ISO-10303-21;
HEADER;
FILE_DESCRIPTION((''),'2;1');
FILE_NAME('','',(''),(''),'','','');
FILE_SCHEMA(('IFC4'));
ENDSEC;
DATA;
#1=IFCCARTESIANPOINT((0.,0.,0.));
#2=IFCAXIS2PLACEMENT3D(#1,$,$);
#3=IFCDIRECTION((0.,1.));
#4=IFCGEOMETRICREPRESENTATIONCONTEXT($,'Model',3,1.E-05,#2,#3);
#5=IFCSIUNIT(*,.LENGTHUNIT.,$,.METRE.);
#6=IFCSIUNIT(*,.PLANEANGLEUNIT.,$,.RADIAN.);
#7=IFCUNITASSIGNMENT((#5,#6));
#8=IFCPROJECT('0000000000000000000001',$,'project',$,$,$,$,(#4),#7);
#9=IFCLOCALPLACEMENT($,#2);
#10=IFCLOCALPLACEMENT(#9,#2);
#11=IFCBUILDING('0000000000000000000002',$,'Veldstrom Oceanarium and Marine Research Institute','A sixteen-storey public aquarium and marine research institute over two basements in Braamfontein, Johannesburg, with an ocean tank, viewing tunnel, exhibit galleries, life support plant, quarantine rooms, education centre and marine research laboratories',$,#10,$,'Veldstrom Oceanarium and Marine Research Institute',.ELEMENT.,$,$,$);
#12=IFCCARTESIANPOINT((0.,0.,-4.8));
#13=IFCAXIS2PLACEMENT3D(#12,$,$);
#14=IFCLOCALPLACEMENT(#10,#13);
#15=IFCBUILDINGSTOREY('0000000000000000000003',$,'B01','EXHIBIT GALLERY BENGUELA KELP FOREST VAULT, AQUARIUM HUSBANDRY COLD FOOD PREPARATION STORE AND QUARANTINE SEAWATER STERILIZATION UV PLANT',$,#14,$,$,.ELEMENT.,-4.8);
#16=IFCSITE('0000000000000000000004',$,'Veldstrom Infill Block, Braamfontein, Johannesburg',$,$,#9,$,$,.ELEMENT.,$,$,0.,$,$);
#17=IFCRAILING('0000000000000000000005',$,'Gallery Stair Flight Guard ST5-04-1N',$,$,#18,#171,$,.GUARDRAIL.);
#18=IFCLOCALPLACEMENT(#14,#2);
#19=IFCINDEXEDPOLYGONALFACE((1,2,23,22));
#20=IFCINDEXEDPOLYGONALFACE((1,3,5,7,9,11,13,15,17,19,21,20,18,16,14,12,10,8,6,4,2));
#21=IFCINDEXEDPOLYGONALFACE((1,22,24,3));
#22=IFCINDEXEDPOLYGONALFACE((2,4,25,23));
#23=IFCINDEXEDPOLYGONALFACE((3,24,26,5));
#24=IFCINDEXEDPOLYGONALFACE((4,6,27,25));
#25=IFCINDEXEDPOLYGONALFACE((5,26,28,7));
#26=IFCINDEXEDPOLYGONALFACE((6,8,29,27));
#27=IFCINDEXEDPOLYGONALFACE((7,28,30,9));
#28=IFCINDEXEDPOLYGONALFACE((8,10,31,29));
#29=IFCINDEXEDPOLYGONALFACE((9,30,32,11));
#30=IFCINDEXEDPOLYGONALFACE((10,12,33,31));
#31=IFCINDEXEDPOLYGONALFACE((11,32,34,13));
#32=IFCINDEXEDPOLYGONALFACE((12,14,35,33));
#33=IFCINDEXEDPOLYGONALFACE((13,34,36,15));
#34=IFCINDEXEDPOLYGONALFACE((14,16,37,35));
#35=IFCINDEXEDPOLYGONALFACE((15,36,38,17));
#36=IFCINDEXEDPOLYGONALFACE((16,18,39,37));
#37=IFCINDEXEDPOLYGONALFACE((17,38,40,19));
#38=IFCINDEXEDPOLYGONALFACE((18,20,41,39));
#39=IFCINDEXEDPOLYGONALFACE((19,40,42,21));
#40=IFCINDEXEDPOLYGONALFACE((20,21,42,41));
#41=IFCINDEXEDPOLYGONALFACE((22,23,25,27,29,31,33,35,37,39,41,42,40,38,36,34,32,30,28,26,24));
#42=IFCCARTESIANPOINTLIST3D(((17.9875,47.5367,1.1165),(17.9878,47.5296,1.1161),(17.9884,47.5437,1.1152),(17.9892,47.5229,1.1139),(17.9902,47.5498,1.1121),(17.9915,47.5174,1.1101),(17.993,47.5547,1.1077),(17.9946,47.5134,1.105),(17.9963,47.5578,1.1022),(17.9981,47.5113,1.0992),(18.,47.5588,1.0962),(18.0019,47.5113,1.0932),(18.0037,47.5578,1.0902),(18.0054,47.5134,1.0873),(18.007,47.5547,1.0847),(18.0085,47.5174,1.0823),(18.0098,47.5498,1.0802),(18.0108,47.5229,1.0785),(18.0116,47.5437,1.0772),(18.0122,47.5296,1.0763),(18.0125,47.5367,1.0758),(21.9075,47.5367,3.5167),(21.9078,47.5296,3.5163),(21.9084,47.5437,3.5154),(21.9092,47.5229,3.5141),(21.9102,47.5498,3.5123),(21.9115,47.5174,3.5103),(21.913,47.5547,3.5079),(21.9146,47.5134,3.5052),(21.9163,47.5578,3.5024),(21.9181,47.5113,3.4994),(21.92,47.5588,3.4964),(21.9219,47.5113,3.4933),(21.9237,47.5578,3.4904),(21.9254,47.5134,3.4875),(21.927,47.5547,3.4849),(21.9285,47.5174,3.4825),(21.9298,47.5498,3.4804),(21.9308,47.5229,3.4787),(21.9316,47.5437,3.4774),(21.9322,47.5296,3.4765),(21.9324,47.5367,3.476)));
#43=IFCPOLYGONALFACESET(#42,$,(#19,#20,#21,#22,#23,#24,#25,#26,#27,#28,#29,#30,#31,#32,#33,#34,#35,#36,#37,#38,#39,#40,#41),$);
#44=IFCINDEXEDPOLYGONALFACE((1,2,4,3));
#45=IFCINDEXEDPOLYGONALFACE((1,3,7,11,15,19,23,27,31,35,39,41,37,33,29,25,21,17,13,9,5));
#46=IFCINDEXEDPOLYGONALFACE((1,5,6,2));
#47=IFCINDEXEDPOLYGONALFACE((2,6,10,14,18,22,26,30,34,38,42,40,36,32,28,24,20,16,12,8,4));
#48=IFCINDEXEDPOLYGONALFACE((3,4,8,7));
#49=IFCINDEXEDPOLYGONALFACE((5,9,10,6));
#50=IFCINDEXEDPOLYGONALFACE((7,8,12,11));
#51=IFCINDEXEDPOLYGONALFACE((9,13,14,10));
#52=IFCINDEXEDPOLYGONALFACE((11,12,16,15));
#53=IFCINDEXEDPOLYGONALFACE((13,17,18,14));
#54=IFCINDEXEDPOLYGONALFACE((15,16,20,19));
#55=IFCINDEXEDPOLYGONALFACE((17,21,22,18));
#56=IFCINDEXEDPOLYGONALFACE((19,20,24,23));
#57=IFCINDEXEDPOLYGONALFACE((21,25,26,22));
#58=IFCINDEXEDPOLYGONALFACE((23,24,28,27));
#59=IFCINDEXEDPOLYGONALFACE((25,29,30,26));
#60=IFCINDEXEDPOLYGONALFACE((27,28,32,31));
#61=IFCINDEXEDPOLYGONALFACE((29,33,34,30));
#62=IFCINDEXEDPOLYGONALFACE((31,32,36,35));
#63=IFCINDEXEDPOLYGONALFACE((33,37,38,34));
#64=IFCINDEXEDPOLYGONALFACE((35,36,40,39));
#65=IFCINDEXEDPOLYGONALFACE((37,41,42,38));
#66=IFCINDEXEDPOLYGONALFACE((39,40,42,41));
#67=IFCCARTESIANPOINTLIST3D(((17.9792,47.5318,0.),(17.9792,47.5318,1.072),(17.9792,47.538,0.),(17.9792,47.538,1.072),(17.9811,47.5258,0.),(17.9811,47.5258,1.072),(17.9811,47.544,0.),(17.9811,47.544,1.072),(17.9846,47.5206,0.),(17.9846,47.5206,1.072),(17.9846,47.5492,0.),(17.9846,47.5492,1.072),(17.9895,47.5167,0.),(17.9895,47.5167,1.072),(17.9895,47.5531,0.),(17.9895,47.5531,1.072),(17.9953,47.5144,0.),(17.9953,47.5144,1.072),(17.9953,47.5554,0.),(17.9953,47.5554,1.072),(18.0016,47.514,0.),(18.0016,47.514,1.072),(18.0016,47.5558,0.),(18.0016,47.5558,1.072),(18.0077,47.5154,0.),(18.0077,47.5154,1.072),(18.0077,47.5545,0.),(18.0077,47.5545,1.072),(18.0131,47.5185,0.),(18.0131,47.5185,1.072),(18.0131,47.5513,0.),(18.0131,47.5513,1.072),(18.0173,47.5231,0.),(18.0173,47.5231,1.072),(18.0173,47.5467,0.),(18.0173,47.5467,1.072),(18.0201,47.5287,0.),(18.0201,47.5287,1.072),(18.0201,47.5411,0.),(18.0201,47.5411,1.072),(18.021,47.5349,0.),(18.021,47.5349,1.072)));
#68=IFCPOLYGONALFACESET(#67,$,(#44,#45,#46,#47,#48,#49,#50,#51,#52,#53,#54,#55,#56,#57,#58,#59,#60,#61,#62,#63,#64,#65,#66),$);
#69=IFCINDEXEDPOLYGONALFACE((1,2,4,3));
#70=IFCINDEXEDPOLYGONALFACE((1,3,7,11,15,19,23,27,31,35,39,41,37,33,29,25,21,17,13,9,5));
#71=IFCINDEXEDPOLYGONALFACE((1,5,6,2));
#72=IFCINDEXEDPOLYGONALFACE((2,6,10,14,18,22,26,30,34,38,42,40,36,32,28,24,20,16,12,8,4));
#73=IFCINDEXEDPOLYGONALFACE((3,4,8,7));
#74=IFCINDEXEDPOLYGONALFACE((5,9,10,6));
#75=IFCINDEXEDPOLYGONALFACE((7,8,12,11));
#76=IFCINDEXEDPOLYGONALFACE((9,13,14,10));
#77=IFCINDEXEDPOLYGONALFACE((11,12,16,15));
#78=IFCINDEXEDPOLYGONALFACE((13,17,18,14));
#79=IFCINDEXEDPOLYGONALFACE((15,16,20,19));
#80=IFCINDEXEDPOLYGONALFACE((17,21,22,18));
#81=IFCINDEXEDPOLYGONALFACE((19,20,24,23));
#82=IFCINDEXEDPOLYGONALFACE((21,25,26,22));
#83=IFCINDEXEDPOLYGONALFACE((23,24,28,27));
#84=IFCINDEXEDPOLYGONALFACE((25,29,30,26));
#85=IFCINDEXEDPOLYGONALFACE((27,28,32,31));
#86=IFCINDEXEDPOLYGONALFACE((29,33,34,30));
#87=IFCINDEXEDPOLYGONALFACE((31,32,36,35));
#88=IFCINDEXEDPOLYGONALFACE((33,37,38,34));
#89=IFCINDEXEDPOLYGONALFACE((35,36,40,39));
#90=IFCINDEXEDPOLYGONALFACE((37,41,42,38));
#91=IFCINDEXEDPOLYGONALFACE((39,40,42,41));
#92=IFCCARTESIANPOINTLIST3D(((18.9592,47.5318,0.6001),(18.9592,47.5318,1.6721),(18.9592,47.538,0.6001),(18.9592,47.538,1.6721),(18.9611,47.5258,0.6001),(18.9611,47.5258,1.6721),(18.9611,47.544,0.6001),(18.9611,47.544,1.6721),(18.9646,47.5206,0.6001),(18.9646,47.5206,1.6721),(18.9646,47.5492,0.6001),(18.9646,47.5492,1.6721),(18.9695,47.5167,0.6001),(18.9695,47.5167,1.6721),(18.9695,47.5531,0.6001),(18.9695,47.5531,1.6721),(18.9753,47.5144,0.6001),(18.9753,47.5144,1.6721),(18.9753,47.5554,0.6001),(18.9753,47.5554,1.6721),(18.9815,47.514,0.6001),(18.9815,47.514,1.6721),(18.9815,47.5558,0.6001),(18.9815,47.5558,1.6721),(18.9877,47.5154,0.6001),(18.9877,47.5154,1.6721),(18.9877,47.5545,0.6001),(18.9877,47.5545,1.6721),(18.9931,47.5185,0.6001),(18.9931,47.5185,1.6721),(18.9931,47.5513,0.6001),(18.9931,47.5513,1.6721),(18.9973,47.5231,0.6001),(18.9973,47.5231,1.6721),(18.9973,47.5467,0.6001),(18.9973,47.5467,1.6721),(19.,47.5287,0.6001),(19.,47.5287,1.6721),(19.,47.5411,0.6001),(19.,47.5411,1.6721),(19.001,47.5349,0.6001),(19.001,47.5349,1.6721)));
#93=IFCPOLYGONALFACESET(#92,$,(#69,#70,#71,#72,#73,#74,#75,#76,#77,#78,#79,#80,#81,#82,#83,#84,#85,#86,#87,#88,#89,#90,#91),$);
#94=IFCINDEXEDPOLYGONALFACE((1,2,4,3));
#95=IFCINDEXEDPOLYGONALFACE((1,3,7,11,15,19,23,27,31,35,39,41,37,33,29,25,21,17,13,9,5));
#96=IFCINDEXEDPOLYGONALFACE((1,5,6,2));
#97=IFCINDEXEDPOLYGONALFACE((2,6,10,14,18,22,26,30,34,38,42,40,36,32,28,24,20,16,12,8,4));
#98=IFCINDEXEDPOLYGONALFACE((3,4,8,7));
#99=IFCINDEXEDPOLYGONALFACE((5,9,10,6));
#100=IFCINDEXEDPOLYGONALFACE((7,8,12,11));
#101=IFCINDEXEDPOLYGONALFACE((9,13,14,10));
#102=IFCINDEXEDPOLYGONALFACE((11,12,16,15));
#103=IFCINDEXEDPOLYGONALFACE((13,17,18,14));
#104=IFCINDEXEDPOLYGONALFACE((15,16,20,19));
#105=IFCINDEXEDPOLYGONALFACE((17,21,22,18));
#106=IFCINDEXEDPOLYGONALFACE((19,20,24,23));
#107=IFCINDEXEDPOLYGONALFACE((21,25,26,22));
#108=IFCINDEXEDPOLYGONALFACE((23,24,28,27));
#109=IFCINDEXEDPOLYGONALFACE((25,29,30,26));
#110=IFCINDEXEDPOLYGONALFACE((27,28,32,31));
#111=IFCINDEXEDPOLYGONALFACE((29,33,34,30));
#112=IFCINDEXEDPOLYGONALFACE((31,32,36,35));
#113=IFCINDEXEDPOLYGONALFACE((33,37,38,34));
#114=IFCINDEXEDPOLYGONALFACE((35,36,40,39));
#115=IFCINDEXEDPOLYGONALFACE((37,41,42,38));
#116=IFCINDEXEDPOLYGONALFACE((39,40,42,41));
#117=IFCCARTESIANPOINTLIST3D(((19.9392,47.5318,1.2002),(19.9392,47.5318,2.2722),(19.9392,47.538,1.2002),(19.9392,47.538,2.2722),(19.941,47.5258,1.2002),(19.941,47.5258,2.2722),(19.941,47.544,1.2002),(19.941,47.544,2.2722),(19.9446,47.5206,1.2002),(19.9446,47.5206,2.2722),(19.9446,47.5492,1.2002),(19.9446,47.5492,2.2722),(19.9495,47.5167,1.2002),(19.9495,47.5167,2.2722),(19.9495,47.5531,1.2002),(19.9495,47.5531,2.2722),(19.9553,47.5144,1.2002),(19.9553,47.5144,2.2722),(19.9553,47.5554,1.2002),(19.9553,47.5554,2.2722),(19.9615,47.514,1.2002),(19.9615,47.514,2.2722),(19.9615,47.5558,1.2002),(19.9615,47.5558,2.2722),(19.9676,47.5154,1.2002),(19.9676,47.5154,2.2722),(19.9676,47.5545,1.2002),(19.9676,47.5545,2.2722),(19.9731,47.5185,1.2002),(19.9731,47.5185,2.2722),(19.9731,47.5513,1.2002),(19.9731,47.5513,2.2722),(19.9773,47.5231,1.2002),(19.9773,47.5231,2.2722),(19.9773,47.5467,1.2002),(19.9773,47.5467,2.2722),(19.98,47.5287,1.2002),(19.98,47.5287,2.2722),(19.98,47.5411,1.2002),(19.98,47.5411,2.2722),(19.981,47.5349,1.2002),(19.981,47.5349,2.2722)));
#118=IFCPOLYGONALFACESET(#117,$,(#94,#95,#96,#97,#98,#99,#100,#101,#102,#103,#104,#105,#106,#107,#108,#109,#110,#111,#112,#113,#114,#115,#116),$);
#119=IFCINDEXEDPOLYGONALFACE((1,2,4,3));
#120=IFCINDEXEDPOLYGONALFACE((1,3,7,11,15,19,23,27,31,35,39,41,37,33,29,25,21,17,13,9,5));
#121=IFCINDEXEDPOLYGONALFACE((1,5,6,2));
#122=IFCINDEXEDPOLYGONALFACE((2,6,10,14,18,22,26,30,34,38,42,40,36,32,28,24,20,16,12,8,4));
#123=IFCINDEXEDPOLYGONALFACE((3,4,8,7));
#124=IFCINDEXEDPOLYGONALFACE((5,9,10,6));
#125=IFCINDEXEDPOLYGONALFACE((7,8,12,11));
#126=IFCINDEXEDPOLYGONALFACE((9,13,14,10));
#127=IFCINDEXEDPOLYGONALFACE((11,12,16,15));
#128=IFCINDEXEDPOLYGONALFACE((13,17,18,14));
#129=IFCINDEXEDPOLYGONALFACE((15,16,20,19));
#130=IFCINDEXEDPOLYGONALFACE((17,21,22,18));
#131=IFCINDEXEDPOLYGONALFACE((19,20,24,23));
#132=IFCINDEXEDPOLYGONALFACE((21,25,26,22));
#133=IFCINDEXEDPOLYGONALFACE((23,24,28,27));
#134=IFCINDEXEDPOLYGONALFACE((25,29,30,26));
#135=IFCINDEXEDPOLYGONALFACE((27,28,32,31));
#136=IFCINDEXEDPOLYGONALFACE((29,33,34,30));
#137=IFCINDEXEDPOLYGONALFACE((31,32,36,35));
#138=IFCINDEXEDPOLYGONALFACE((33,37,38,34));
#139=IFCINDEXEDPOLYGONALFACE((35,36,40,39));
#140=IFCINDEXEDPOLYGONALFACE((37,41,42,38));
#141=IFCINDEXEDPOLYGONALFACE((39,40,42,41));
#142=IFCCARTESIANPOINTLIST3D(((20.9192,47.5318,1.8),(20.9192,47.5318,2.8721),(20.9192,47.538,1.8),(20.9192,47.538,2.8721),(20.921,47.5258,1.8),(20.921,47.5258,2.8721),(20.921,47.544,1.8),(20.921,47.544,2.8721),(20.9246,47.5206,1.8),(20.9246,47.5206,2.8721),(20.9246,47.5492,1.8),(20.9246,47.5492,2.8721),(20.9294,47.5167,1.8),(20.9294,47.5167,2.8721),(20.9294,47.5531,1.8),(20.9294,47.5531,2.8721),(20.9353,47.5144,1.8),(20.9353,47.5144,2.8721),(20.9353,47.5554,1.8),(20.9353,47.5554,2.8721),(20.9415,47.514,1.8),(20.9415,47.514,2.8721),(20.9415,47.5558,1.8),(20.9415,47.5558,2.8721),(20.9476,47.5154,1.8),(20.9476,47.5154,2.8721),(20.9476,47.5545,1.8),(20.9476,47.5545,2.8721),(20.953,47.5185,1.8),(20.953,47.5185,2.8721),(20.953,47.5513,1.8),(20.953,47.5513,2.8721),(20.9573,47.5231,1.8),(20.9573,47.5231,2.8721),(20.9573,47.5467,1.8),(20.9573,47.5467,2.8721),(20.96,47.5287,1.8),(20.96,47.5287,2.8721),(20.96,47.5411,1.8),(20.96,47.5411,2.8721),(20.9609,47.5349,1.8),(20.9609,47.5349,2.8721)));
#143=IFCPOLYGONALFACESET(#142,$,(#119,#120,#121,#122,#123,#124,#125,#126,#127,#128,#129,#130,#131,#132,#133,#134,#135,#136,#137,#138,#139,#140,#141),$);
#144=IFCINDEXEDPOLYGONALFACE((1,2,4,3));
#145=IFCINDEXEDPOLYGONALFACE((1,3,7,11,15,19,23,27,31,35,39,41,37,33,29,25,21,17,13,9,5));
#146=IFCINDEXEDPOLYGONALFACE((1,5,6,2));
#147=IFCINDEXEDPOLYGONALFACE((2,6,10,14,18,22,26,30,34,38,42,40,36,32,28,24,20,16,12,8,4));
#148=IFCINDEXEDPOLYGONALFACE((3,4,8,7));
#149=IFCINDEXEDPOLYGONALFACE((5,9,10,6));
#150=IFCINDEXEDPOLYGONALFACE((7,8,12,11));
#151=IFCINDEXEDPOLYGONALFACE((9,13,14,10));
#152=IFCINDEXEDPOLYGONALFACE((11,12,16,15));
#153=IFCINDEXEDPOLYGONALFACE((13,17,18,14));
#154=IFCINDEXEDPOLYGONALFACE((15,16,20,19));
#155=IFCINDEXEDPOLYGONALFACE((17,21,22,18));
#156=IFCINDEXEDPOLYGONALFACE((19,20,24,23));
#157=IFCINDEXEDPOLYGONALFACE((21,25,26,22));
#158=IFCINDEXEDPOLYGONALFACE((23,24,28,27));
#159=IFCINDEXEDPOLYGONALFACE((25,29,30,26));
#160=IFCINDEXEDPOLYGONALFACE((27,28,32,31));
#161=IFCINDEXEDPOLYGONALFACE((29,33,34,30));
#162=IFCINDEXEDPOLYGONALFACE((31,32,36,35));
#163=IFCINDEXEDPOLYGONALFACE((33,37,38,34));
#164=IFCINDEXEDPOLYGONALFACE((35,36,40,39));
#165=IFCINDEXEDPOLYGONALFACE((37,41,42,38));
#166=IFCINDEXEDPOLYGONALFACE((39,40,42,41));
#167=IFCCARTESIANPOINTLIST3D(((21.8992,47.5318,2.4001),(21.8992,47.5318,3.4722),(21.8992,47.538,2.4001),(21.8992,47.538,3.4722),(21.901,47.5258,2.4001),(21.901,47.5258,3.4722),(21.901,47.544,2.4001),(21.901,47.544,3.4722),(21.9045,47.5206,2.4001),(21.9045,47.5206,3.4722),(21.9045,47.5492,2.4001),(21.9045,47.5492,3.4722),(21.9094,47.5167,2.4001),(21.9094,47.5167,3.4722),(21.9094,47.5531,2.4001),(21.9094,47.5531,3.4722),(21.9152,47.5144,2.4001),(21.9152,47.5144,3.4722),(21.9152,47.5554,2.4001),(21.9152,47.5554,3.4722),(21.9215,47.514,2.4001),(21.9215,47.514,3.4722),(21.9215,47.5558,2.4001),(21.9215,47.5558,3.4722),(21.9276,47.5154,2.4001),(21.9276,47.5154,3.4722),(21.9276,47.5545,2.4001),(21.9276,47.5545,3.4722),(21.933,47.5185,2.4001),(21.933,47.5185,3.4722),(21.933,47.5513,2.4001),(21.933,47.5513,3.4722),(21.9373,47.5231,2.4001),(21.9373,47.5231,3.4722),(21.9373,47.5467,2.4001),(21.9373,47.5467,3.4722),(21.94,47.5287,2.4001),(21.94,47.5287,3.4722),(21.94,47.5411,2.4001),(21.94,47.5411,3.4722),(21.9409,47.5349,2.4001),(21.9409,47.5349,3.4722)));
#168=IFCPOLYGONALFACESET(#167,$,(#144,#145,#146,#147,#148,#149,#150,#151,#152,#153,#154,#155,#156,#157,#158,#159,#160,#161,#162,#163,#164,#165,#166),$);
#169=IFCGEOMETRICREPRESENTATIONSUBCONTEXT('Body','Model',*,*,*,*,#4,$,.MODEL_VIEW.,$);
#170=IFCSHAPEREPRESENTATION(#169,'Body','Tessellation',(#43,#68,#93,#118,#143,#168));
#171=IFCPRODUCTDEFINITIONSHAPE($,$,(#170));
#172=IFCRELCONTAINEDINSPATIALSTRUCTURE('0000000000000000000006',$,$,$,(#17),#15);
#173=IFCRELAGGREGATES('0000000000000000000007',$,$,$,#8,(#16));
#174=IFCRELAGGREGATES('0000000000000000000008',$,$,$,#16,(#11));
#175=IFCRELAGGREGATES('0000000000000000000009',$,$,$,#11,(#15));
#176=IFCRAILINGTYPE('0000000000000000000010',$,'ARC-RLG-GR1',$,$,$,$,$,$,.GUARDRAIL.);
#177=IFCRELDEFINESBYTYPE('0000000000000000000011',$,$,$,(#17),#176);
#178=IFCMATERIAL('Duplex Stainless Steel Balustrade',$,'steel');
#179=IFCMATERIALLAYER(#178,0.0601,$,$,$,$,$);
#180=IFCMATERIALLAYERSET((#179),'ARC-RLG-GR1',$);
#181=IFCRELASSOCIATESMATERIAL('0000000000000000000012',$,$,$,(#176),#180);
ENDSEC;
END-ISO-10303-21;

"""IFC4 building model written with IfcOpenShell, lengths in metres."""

from ifc_helpers import new_model, si_unit, direction, frame, origin, origin_2d, place, context, subcontext, project, spatial, circle, extrude, material, layer, layer_set, type_object, element, save


model = new_model("IFC4")

# Units and contexts
model_context = context("Model", 3, precision=1e-05, world=origin(), true_north=direction((0.0, 1.0)))
body_context = subcontext(model_context, "Body", "Model", "MODEL_VIEW")
ifc_project = project(units=[si_unit("LENGTHUNIT", "METRE"), si_unit("PLANEANGLEUNIT", "RADIAN")], contexts=[model_context])

# Site, building, storey
site_placement = place(None, origin())
site = spatial("IfcSite", under=ifc_project, at=site_placement, Name="Veldstrom Infill Block, Braamfontein, Johannesburg", CompositionType="ELEMENT", RefElevation=0.0)
building_placement = place(site_placement, origin())
building = spatial("IfcBuilding", under=site, at=building_placement, Name="Veldstrom Oceanarium and Marine Research Institute", Description="A sixteen-storey public aquarium and marine research institute over two basements in Braamfontein, Johannesburg, with an ocean tank, viewing tunnel, exhibit galleries, life support plant, quarantine rooms, education centre and marine research laboratories", LongName="Veldstrom Oceanarium and Marine Research Institute", CompositionType="ELEMENT")
storey_placement = place(building_placement, frame((0.0, 0.0, -4.8)))
storey = spatial("IfcBuildingStorey", under=building, at=storey_placement, Name="B01", Description="EXHIBIT GALLERY BENGUELA KELP FOREST VAULT, AQUARIUM HUSBANDRY COLD FOOD PREPARATION STORE AND QUARANTINE SEAWATER STERILIZATION UV PLANT", CompositionType="ELEMENT", Elevation=-4.8)

# Railing
ifc_material_1 = material(Name="Duplex Stainless Steel Balustrade", Category="steel")
ifc_layer_1 = layer(ifc_material_1, 0.0601)
ifc_layer_set_1 = layer_set([ifc_layer_1], Name="ARC-RLG-GR1")
railing_type = type_object("IfcRailingType", Name="ARC-RLG-GR1", PredefinedType="GUARDRAIL", material=ifc_layer_set_1)
railing_1_placement = place(storey_placement, frame((18.0, 47.5349, 0.0)))
element("IfcRailing", 1, at=railing_1_placement, inside=storey, type_object=railing_type, Name="Gallery Stair Flight Guard ST5-04-1N", PredefinedType="GUARDRAIL", context=body_context, shape_type="SweptSolid", body=[
    extrude(circle(Radius=0.0239, at=origin_2d()), frame((0.0, 0.0, 1.0962), z_axis=(0.852832, 0.0, 0.522185), x_axis=(0.0, 1.0, 0.0)), (0.0, 0.0, 1.0), 4.5964),
    extrude(circle(Radius=0.021, at=origin_2d()), origin(), (0.0, 0.0, 1.0), 1.072),
    extrude(circle(Radius=0.021, at=origin_2d()), frame((0.98, 0.0, 0.6001)), (0.0, 0.0, 1.0), 1.072),
    extrude(circle(Radius=0.021, at=origin_2d()), frame((1.96, 0.0, 1.2002)), (0.0, 0.0, 1.0), 1.072),
    extrude(circle(Radius=0.021, at=origin_2d()), frame((2.9399, 0.0, 1.8)), (0.0, 0.0, 1.0), 1.072),
    extrude(circle(Radius=0.021, at=origin_2d()), frame((3.9199, 0.0, 2.4001)), (0.0, 0.0, 1.0), 1.072),
])

save(model, "model.ifc")
